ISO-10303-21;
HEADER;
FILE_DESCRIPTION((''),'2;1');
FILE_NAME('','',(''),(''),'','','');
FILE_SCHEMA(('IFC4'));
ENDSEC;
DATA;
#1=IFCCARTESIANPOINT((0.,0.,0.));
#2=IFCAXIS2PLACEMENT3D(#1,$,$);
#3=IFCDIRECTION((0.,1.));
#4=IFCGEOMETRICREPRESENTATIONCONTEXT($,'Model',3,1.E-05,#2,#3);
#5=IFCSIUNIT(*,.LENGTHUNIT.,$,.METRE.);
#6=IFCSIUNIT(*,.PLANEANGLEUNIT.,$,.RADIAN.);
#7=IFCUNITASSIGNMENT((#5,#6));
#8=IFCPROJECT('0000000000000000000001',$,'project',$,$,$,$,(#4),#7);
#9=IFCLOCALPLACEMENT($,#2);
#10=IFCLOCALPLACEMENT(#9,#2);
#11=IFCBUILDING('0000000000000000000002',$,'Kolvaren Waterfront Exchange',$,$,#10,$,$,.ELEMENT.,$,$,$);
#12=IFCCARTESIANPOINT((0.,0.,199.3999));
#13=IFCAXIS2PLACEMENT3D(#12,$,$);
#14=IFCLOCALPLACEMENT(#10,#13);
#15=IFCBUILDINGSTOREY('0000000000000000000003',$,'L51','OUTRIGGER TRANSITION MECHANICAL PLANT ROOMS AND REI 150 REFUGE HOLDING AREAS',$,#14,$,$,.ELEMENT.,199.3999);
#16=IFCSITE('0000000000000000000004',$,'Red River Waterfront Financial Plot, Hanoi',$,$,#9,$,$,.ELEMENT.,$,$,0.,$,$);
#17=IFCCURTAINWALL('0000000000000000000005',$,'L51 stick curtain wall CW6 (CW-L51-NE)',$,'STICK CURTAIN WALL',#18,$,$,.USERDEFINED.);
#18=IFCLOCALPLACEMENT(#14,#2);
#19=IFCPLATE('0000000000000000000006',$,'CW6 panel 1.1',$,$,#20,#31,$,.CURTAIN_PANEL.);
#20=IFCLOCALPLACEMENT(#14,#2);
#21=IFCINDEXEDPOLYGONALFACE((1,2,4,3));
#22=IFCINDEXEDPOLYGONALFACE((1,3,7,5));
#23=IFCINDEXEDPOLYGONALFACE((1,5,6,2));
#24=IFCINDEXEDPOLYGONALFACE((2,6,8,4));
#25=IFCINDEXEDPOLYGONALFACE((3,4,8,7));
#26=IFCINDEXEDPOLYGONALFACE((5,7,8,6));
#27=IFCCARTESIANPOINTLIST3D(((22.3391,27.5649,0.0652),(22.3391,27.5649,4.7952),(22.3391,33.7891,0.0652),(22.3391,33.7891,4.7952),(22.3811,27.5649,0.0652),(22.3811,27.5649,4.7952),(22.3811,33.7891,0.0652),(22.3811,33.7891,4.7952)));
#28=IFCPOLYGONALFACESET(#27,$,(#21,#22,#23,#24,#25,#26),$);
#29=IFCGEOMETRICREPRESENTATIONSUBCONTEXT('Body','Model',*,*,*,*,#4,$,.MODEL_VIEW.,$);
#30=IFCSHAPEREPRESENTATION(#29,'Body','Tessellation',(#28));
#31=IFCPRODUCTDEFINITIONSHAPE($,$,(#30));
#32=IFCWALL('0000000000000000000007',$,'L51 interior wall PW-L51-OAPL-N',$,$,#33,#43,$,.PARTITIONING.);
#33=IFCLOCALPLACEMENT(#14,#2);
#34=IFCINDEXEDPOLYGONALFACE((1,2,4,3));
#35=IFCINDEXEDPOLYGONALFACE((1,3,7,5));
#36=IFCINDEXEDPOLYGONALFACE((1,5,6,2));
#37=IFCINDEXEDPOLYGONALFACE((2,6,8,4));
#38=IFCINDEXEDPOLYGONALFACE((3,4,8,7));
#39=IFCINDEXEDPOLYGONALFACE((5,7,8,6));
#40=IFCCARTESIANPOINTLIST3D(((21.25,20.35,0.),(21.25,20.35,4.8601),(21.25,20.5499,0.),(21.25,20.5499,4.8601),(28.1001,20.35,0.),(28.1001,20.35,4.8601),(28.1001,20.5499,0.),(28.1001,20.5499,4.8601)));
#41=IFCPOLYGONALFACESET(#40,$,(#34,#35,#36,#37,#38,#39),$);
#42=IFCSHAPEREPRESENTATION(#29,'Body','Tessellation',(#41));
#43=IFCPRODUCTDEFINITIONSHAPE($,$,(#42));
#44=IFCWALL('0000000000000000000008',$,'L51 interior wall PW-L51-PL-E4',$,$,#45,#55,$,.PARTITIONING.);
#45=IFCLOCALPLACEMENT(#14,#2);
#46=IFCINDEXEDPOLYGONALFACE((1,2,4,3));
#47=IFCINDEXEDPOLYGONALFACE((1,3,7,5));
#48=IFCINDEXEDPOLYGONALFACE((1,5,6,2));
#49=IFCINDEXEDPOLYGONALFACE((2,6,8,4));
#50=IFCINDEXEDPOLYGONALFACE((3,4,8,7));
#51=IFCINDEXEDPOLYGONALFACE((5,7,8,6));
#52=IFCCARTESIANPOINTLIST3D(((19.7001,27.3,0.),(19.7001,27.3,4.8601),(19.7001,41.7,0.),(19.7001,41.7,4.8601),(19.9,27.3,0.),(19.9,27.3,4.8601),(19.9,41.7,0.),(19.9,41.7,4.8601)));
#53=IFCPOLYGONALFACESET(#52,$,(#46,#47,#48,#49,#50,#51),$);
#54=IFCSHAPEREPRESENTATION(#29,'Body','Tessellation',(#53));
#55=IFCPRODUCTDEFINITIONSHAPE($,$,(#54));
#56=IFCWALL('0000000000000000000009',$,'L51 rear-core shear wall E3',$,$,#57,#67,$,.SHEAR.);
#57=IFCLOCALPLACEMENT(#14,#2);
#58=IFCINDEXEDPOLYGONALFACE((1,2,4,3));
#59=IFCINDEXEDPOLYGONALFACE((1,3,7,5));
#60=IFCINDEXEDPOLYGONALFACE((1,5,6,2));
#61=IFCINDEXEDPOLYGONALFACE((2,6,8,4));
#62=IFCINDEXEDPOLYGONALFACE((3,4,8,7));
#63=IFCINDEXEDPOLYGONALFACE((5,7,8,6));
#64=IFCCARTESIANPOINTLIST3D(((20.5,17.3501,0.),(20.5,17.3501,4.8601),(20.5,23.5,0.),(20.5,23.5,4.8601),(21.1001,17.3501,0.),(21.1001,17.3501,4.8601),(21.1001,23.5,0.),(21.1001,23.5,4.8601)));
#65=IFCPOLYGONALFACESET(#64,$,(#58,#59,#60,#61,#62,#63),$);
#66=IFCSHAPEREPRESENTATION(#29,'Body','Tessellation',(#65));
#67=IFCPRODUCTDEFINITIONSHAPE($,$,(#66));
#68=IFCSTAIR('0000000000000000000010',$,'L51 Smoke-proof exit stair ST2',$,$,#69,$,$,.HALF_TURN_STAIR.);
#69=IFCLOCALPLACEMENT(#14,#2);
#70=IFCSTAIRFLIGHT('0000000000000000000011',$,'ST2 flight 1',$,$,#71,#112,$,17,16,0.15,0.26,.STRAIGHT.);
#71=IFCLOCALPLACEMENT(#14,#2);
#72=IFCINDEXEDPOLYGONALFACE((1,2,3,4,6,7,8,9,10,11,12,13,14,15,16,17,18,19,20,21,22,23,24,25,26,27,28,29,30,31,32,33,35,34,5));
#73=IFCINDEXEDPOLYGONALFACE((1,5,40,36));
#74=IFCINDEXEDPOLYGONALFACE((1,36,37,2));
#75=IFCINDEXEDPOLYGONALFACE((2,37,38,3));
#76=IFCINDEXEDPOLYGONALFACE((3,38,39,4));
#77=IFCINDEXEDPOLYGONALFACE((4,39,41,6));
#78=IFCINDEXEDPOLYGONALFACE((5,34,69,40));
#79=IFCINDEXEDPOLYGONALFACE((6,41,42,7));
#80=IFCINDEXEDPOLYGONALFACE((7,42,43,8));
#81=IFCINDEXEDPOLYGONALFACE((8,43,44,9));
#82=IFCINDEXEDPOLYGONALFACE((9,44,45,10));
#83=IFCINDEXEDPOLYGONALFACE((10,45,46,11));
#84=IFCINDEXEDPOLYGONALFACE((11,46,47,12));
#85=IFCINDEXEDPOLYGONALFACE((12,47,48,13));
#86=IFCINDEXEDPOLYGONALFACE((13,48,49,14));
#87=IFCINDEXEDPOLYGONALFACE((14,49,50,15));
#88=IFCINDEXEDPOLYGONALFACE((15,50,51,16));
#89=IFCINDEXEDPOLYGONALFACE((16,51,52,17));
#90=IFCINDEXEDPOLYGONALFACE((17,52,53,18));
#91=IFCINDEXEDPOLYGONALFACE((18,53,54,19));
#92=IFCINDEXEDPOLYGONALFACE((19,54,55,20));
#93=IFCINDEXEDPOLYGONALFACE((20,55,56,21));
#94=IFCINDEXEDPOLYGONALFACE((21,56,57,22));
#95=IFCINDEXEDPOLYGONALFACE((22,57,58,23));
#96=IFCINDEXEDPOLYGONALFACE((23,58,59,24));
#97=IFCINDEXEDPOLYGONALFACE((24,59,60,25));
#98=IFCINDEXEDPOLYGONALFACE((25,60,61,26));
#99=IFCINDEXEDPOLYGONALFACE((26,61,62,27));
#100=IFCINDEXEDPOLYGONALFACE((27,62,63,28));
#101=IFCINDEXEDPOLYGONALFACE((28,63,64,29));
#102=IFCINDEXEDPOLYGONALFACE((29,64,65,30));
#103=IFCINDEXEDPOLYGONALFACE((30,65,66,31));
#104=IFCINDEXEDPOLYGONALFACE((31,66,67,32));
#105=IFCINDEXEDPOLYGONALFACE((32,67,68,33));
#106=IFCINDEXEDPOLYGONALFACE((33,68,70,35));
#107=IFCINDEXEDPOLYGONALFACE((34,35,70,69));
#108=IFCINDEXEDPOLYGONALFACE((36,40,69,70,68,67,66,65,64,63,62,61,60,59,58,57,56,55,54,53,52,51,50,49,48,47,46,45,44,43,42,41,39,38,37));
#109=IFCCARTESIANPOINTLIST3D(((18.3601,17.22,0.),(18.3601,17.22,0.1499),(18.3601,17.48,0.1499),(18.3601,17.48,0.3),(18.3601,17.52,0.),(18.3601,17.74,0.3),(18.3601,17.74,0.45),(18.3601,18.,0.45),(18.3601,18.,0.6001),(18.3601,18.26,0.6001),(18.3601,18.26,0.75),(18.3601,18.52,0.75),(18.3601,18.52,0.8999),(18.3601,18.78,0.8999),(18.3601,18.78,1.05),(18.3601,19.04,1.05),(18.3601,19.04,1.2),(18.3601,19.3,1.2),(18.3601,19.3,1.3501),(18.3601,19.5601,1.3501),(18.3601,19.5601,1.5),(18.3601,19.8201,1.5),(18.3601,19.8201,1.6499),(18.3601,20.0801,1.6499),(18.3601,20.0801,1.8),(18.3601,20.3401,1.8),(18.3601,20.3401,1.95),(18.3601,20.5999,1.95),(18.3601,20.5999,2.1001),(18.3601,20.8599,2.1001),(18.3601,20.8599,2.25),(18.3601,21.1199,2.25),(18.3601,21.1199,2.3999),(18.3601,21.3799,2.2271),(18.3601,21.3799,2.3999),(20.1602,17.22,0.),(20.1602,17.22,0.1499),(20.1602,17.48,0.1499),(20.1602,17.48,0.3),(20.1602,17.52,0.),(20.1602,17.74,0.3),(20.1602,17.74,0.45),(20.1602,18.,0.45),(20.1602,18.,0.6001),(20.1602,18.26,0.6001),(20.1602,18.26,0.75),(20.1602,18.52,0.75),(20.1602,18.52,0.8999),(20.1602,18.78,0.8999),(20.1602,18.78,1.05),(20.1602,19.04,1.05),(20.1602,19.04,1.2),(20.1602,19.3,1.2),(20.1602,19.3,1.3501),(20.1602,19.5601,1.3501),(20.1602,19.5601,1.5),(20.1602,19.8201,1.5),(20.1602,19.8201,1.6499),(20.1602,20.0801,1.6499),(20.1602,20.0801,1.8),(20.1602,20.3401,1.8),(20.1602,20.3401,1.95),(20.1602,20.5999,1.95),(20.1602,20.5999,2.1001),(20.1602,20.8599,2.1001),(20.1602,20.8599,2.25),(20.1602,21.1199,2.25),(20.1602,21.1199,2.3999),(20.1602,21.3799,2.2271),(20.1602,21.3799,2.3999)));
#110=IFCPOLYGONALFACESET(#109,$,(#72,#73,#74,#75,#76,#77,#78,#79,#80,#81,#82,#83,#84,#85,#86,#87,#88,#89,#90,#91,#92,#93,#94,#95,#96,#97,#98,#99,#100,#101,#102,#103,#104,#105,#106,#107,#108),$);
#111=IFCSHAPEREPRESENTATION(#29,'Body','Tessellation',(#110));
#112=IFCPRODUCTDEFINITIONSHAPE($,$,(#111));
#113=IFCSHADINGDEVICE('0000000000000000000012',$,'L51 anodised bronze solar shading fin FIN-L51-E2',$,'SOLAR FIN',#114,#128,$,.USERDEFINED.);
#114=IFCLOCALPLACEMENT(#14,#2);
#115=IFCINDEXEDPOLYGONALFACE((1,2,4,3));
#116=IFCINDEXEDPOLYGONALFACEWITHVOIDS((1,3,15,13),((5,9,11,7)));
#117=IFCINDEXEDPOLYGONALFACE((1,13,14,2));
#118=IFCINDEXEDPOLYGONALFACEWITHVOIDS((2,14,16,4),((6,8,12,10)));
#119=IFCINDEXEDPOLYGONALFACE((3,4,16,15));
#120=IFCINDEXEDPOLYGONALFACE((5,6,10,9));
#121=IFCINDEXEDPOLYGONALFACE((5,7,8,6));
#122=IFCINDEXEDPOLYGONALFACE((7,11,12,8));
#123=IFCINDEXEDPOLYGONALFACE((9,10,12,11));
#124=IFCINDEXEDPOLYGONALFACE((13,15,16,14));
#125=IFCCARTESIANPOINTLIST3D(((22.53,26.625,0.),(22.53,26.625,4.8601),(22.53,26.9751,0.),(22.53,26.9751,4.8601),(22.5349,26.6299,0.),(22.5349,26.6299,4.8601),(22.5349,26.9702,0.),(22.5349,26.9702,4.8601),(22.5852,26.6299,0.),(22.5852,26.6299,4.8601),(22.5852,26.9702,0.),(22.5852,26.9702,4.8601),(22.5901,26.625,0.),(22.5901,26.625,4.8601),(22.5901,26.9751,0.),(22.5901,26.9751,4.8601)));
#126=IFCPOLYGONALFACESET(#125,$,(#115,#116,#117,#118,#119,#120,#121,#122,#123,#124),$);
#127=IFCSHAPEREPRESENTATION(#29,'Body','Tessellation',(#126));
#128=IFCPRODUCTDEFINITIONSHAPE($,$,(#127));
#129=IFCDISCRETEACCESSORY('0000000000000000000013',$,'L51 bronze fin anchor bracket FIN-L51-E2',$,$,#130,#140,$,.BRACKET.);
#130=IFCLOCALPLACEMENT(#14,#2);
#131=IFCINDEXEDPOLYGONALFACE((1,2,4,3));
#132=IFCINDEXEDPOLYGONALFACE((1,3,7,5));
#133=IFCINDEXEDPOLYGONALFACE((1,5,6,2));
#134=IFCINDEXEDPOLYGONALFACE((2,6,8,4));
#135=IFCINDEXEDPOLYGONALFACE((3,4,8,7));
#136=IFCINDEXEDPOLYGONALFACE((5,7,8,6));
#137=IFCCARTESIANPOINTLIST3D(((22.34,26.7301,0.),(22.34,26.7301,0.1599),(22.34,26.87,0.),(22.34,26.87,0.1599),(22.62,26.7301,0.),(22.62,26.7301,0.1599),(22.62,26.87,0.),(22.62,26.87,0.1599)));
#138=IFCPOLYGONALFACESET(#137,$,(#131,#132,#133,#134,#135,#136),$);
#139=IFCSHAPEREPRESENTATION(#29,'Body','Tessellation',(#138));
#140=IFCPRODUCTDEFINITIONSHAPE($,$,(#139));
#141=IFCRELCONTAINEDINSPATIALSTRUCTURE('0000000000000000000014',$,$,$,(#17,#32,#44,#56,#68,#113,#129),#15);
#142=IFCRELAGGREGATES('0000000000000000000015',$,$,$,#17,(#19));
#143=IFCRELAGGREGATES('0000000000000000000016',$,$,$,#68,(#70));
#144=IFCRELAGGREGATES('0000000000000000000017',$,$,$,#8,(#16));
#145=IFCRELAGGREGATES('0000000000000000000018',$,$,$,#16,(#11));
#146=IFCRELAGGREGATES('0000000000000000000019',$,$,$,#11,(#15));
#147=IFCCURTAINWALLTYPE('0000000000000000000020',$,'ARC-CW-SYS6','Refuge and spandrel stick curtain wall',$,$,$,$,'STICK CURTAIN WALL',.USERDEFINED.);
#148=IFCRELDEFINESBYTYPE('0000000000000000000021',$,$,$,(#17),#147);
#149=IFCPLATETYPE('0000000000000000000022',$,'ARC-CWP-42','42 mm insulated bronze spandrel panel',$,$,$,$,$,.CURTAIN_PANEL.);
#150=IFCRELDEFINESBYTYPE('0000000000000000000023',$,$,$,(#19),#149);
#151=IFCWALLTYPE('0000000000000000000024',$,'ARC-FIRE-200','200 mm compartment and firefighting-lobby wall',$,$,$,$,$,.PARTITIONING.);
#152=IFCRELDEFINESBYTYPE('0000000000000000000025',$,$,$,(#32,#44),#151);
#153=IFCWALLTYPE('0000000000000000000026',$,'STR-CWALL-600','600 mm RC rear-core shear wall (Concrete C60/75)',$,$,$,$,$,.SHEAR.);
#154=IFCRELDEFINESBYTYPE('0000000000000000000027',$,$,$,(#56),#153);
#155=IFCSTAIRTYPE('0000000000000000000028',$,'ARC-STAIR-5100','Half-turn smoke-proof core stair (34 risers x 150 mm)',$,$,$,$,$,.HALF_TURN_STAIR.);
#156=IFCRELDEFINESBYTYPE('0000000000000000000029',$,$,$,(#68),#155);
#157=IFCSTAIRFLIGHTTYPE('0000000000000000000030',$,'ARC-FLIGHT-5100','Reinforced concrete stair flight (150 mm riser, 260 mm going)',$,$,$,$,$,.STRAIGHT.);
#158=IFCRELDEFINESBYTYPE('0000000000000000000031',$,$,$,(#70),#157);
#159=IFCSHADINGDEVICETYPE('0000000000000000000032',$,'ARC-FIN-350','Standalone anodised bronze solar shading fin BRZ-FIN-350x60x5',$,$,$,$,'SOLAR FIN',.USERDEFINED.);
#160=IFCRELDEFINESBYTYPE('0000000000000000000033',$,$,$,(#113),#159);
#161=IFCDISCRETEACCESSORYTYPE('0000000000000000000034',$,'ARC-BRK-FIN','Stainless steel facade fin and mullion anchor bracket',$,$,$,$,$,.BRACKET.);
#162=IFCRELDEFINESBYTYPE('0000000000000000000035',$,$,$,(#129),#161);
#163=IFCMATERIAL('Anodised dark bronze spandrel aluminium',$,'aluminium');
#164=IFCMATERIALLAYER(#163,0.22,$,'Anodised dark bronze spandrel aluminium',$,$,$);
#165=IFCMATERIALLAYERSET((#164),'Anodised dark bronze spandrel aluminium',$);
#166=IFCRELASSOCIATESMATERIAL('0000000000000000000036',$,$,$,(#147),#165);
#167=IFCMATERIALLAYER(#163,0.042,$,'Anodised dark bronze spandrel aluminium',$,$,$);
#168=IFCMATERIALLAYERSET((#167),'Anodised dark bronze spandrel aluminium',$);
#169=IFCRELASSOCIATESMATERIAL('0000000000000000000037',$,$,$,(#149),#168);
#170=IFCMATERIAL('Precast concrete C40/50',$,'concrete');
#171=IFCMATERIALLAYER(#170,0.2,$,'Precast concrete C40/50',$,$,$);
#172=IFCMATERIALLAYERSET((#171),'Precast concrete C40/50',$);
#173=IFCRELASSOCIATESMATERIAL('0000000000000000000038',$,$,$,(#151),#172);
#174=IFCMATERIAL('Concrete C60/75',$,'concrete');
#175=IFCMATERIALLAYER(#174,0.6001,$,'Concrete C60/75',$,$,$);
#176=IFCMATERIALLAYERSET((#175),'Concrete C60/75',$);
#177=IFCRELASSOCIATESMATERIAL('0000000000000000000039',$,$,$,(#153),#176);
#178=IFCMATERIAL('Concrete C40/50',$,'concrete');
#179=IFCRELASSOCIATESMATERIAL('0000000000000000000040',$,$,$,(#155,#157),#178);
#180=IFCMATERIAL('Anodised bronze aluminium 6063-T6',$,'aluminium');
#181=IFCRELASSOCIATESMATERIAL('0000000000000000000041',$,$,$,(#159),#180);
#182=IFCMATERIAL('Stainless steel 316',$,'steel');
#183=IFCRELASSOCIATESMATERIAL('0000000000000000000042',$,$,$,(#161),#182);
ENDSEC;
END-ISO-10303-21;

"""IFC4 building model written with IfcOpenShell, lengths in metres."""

from ifc_helpers import new_model, si_unit, direction, frame, frame_2d, origin, origin_with_axes, origin_2d, place, context, subcontext, project, spatial, polyline, rectangle, hollow_rectangle, outline, extrude, source, transform, mapped, material, layer, layer_set, material_profile, profile_set, type_object, element, aggregate, save


model = new_model("IFC4")

# Units and contexts
model_context = context("Model", 3, precision=1e-05, world=origin(), true_north=direction((0.0, 1.0)))
body_context = subcontext(model_context, "Body", "Model", "MODEL_VIEW")
ifc_project = project(units=[si_unit("LENGTHUNIT", "METRE"), si_unit("PLANEANGLEUNIT", "RADIAN")], contexts=[model_context])

# Site, building, storey
site_placement = place(None, origin())
site = spatial("IfcSite", under=ifc_project, at=site_placement, Name="Red River Waterfront Financial Plot, Hanoi", CompositionType="ELEMENT", RefElevation=0.0)
building_placement = place(site_placement, origin())
building = spatial("IfcBuilding", under=site, at=building_placement, Name="Kolvaren Waterfront Exchange", CompositionType="ELEMENT")
storey_placement = place(building_placement, frame((0.0, 0.0, 199.3999)))
storey = spatial("IfcBuildingStorey", under=building, at=storey_placement, Name="L51", Description="OUTRIGGER TRANSITION MECHANICAL PLANT ROOMS AND REI 150 REFUGE HOLDING AREAS", CompositionType="ELEMENT", Elevation=199.3999)

# Shared definitions
ifc_material_1 = material(Name="Concrete C60/75", Category="concrete")

# Curtain wall
ifc_material_2 = material(Name="Anodised dark bronze spandrel aluminium", Category="aluminium")
ifc_layer_1 = layer(ifc_material_2, 0.22, Name="Anodised dark bronze spandrel aluminium")
ifc_layer_set_1 = layer_set([ifc_layer_1], Name="Anodised dark bronze spandrel aluminium")
curtain_wall_type = type_object("IfcCurtainWallType", Name="ARC-CW-SYS6", Description="Refuge and spandrel stick curtain wall", ElementType="STICK CURTAIN WALL", PredefinedType="USERDEFINED", material=ifc_layer_set_1)
curtain_wall_placement = place(storey_placement, origin())
curtain_wall = element("IfcCurtainWall", 1, at=curtain_wall_placement, inside=storey, type_object=curtain_wall_type, Name="L51 stick curtain wall CW6 (CW-L51-NE)", ObjectType="STICK CURTAIN WALL", PredefinedType="USERDEFINED")
ifc_material_3 = material(Name="Anodised bronze aluminium 6063-T6", Category="aluminium")

# Plate
ifc_layer_2 = layer(ifc_material_2, 0.042, Name="Anodised dark bronze spandrel aluminium")
ifc_layer_set_2 = layer_set([ifc_layer_2], Name="Anodised dark bronze spandrel aluminium")
plate_type_1 = type_object("IfcPlateType", Name="ARC-CWP-42", Description="42 mm insulated bronze spandrel panel", PredefinedType="CURTAIN_PANEL", material=ifc_layer_set_2)
shared_shape_1 = source(origin_with_axes(), body_context, "Body", "SweptSolid", [
    extrude(rectangle(XDim=6.2241, YDim=0.042, at=origin_2d()), origin(), (0.0, 0.0, 1.0), 4.73),
])
plate_1_placement = place(storey_placement, frame((22.3601, 30.677, 0.0652), z_axis=(0.0, 0.0, 1.0), x_axis=(0.0, 1.0, 0.0)))
plate_1 = element("IfcPlate", 2, at=plate_1_placement, type_object=plate_type_1, Name="CW6 panel 1.1", PredefinedType="CURTAIN_PANEL", context=body_context, shape_type="MappedRepresentation", body=[
    mapped(shared_shape_1, transform((0.0, 0.0, 0.0), x_axis=(1.0, 0.0, 0.0), y_axis=(0.0, 1.0, 0.0), z_axis=(0.0, 0.0, 1.0), scale=1.0)),
])
aggregate(curtain_wall, [plate_1])

# Walls
ifc_material_4 = material(Name="Precast concrete C40/50", Category="concrete")
ifc_layer_3 = layer(ifc_material_4, 0.2, Name="Precast concrete C40/50")
ifc_layer_set_3 = layer_set([ifc_layer_3], Name="Precast concrete C40/50")
wall_type_1 = type_object("IfcWallType", Name="ARC-FIRE-200", Description="200 mm compartment and firefighting-lobby wall", PredefinedType="PARTITIONING", material=ifc_layer_set_3)
wall_1_placement = place(storey_placement, frame((21.25, 20.45, 0.0), z_axis=(0.0, 0.0, 1.0), x_axis=(1.0, 0.0, 0.0)))
element("IfcWall", 3, at=wall_1_placement, inside=storey, type_object=wall_type_1, Name="L51 interior wall PW-L51-OAPL-N", PredefinedType="PARTITIONING", context=body_context, shape_type="SweptSolid", body=[
    extrude(rectangle(XDim=6.8501, YDim=0.2, at=frame_2d((3.425, 0.0))), origin(), (0.0, 0.0, 1.0), 4.8601),
])
wall_2_placement = place(storey_placement, frame((19.8, 27.3, 0.0), z_axis=(0.0, 0.0, 1.0), x_axis=(0.0, 1.0, 0.0)))
element("IfcWall", 4, at=wall_2_placement, inside=storey, type_object=wall_type_1, Name="L51 interior wall PW-L51-PL-E4", PredefinedType="PARTITIONING", context=body_context, shape_type="SweptSolid", body=[
    extrude(rectangle(XDim=14.3999, YDim=0.2, at=frame_2d((7.2, 0.0))), origin(), (0.0, 0.0, 1.0), 4.8601),
])
ifc_layer_4 = layer(ifc_material_1, 0.6001, Name="Concrete C60/75")
ifc_layer_set_4 = layer_set([ifc_layer_4], Name="Concrete C60/75")
wall_type_2 = type_object("IfcWallType", Name="STR-CWALL-600", Description="600 mm RC rear-core shear wall (Concrete C60/75)", PredefinedType="SHEAR", material=ifc_layer_set_4)
wall_3_placement = place(storey_placement, frame((20.8, 17.3501, 0.0), z_axis=(0.0, 0.0, 1.0), x_axis=(0.0, 1.0, 0.0)))
element("IfcWall", 5, at=wall_3_placement, inside=storey, type_object=wall_type_2, Name="L51 rear-core shear wall E3", PredefinedType="SHEAR", context=body_context, shape_type="SweptSolid", body=[
    extrude(rectangle(XDim=6.1499, YDim=0.6001, at=frame_2d((3.075, 0.0))), origin(), (0.0, 0.0, 1.0), 4.8601),
])

# Stair, stair flight
ifc_material_5 = material(Name="Concrete C40/50", Category="concrete")
stair_type = type_object("IfcStairType", Name="ARC-STAIR-5100", Description="Half-turn smoke-proof core stair (34 risers x 150 mm)", PredefinedType="HALF_TURN_STAIR", material=ifc_material_5)
stair_placement = place(storey_placement, origin())
stair = element("IfcStair", 6, at=stair_placement, inside=storey, type_object=stair_type, Name="L51 Smoke-proof exit stair ST2", PredefinedType="HALF_TURN_STAIR")
stair_flight_type = type_object("IfcStairFlightType", Name="ARC-FLIGHT-5100", Description="Reinforced concrete stair flight (150 mm riser, 260 mm going)", PredefinedType="STRAIGHT", material=ifc_material_5)
stair_flight_placement = place(storey_placement, frame((19.26, 17.22, 0.0), z_axis=(0.0, 0.0, 1.0), x_axis=(0.0, 1.0, 0.0)))
stair_flight = element("IfcStairFlight", 7, at=stair_flight_placement, type_object=stair_flight_type, Name="ST2 flight 1", NumberOfRisers=17, NumberOfTreads=16, PredefinedType="STRAIGHT", RiserHeight=0.15, TreadLength=0.26, context=body_context, shape_type="SweptSolid", body=[
    extrude(outline(polyline([(0.0, 0.0), (0.0, 0.1499), (0.26, 0.1499), (0.26, 0.3), (0.52, 0.3), (0.52, 0.45), (0.78, 0.45), (0.78, 0.6001), (1.04, 0.6001), (1.04, 0.75), (1.3, 0.75), (1.3, 0.8999), (1.5601, 0.8999), (1.5601, 1.05), (1.8201, 1.05), (1.8201, 1.2), (2.0801, 1.2), (2.0801, 1.3501), (2.3401, 1.3501), (2.3401, 1.5), (2.6001, 1.5), (2.6001, 1.6499), (2.8601, 1.6499), (2.8601, 1.8), (3.1201, 1.8), (3.1201, 1.95), (3.3799, 1.95), (3.3799, 2.1001), (3.6399, 2.1001), (3.6399, 2.25), (3.8999, 2.25), (3.8999, 2.3999), (4.1599, 2.3999), (4.1599, 2.55), (4.1599, 2.2271), (0.3, 0.0), (0.0, 0.0)])), frame((0.0, 0.8999, 0.0), z_axis=(0.0, -1.0, 0.0), x_axis=(1.0, 0.0, 0.0)), (0.0, 0.0, 1.0), 1.8),
])
aggregate(stair, [stair_flight])

# Shading device
ifc_material_profile_1 = material_profile(ifc_material_3, hollow_rectangle(XDim=0.0601, YDim=0.3501, WallThickness=0.0049, at=origin_2d()), Name="BRZ-FIN-350x60x5")
ifc_profile_set_1 = profile_set([ifc_material_profile_1], Name="Anodised bronze aluminium 6063-T6")
shading_device_type = type_object("IfcShadingDeviceType", Name="ARC-FIN-350", Description="Standalone anodised bronze solar shading fin BRZ-FIN-350x60x5", ElementType="SOLAR FIN", PredefinedType="USERDEFINED", material=ifc_profile_set_1)
shading_device_placement = place(storey_placement, frame((22.5601, 26.8, 0.0), z_axis=(0.0, 0.0, 1.0), x_axis=(1.0, 0.0, 0.0)))
element("IfcShadingDevice", 8, at=shading_device_placement, inside=storey, type_object=shading_device_type, Name="L51 anodised bronze solar shading fin FIN-L51-E2", ObjectType="SOLAR FIN", PredefinedType="USERDEFINED", context=body_context, shape_type="SweptSolid", body=[
    extrude(hollow_rectangle(XDim=0.0601, YDim=0.3501, WallThickness=0.0049, at=origin_2d()), origin(), (0.0, 0.0, 1.0), 4.8601),
])

# Shared definitions
ifc_material_6 = material(Name="Stainless steel 316", Category="steel")

# Discrete accessory
discrete_accessory_type = type_object("IfcDiscreteAccessoryType", Name="ARC-BRK-FIN", Description="Stainless steel facade fin and mullion anchor bracket", PredefinedType="BRACKET", material=ifc_material_6)
shared_shape_2 = source(origin_with_axes(), body_context, "Body", "SweptSolid", [
    extrude(rectangle(XDim=0.28, YDim=0.1399, at=origin_2d()), origin(), (0.0, 0.0, 1.0), 0.1599),
])
discrete_accessory_placement = place(storey_placement, frame((22.48, 26.8, 0.0), z_axis=(0.0, 0.0, 1.0), x_axis=(1.0, 0.0, 0.0)))
element("IfcDiscreteAccessory", 9, at=discrete_accessory_placement, inside=storey, type_object=discrete_accessory_type, Name="L51 bronze fin anchor bracket FIN-L51-E2", PredefinedType="BRACKET", context=body_context, shape_type="MappedRepresentation", body=[
    mapped(shared_shape_2, transform((0.0, 0.0, 0.0), x_axis=(1.0, 0.0, 0.0), y_axis=(0.0, 1.0, 0.0), z_axis=(0.0, 0.0, 1.0), scale=1.0)),
])

save(model, "model.ifc")
